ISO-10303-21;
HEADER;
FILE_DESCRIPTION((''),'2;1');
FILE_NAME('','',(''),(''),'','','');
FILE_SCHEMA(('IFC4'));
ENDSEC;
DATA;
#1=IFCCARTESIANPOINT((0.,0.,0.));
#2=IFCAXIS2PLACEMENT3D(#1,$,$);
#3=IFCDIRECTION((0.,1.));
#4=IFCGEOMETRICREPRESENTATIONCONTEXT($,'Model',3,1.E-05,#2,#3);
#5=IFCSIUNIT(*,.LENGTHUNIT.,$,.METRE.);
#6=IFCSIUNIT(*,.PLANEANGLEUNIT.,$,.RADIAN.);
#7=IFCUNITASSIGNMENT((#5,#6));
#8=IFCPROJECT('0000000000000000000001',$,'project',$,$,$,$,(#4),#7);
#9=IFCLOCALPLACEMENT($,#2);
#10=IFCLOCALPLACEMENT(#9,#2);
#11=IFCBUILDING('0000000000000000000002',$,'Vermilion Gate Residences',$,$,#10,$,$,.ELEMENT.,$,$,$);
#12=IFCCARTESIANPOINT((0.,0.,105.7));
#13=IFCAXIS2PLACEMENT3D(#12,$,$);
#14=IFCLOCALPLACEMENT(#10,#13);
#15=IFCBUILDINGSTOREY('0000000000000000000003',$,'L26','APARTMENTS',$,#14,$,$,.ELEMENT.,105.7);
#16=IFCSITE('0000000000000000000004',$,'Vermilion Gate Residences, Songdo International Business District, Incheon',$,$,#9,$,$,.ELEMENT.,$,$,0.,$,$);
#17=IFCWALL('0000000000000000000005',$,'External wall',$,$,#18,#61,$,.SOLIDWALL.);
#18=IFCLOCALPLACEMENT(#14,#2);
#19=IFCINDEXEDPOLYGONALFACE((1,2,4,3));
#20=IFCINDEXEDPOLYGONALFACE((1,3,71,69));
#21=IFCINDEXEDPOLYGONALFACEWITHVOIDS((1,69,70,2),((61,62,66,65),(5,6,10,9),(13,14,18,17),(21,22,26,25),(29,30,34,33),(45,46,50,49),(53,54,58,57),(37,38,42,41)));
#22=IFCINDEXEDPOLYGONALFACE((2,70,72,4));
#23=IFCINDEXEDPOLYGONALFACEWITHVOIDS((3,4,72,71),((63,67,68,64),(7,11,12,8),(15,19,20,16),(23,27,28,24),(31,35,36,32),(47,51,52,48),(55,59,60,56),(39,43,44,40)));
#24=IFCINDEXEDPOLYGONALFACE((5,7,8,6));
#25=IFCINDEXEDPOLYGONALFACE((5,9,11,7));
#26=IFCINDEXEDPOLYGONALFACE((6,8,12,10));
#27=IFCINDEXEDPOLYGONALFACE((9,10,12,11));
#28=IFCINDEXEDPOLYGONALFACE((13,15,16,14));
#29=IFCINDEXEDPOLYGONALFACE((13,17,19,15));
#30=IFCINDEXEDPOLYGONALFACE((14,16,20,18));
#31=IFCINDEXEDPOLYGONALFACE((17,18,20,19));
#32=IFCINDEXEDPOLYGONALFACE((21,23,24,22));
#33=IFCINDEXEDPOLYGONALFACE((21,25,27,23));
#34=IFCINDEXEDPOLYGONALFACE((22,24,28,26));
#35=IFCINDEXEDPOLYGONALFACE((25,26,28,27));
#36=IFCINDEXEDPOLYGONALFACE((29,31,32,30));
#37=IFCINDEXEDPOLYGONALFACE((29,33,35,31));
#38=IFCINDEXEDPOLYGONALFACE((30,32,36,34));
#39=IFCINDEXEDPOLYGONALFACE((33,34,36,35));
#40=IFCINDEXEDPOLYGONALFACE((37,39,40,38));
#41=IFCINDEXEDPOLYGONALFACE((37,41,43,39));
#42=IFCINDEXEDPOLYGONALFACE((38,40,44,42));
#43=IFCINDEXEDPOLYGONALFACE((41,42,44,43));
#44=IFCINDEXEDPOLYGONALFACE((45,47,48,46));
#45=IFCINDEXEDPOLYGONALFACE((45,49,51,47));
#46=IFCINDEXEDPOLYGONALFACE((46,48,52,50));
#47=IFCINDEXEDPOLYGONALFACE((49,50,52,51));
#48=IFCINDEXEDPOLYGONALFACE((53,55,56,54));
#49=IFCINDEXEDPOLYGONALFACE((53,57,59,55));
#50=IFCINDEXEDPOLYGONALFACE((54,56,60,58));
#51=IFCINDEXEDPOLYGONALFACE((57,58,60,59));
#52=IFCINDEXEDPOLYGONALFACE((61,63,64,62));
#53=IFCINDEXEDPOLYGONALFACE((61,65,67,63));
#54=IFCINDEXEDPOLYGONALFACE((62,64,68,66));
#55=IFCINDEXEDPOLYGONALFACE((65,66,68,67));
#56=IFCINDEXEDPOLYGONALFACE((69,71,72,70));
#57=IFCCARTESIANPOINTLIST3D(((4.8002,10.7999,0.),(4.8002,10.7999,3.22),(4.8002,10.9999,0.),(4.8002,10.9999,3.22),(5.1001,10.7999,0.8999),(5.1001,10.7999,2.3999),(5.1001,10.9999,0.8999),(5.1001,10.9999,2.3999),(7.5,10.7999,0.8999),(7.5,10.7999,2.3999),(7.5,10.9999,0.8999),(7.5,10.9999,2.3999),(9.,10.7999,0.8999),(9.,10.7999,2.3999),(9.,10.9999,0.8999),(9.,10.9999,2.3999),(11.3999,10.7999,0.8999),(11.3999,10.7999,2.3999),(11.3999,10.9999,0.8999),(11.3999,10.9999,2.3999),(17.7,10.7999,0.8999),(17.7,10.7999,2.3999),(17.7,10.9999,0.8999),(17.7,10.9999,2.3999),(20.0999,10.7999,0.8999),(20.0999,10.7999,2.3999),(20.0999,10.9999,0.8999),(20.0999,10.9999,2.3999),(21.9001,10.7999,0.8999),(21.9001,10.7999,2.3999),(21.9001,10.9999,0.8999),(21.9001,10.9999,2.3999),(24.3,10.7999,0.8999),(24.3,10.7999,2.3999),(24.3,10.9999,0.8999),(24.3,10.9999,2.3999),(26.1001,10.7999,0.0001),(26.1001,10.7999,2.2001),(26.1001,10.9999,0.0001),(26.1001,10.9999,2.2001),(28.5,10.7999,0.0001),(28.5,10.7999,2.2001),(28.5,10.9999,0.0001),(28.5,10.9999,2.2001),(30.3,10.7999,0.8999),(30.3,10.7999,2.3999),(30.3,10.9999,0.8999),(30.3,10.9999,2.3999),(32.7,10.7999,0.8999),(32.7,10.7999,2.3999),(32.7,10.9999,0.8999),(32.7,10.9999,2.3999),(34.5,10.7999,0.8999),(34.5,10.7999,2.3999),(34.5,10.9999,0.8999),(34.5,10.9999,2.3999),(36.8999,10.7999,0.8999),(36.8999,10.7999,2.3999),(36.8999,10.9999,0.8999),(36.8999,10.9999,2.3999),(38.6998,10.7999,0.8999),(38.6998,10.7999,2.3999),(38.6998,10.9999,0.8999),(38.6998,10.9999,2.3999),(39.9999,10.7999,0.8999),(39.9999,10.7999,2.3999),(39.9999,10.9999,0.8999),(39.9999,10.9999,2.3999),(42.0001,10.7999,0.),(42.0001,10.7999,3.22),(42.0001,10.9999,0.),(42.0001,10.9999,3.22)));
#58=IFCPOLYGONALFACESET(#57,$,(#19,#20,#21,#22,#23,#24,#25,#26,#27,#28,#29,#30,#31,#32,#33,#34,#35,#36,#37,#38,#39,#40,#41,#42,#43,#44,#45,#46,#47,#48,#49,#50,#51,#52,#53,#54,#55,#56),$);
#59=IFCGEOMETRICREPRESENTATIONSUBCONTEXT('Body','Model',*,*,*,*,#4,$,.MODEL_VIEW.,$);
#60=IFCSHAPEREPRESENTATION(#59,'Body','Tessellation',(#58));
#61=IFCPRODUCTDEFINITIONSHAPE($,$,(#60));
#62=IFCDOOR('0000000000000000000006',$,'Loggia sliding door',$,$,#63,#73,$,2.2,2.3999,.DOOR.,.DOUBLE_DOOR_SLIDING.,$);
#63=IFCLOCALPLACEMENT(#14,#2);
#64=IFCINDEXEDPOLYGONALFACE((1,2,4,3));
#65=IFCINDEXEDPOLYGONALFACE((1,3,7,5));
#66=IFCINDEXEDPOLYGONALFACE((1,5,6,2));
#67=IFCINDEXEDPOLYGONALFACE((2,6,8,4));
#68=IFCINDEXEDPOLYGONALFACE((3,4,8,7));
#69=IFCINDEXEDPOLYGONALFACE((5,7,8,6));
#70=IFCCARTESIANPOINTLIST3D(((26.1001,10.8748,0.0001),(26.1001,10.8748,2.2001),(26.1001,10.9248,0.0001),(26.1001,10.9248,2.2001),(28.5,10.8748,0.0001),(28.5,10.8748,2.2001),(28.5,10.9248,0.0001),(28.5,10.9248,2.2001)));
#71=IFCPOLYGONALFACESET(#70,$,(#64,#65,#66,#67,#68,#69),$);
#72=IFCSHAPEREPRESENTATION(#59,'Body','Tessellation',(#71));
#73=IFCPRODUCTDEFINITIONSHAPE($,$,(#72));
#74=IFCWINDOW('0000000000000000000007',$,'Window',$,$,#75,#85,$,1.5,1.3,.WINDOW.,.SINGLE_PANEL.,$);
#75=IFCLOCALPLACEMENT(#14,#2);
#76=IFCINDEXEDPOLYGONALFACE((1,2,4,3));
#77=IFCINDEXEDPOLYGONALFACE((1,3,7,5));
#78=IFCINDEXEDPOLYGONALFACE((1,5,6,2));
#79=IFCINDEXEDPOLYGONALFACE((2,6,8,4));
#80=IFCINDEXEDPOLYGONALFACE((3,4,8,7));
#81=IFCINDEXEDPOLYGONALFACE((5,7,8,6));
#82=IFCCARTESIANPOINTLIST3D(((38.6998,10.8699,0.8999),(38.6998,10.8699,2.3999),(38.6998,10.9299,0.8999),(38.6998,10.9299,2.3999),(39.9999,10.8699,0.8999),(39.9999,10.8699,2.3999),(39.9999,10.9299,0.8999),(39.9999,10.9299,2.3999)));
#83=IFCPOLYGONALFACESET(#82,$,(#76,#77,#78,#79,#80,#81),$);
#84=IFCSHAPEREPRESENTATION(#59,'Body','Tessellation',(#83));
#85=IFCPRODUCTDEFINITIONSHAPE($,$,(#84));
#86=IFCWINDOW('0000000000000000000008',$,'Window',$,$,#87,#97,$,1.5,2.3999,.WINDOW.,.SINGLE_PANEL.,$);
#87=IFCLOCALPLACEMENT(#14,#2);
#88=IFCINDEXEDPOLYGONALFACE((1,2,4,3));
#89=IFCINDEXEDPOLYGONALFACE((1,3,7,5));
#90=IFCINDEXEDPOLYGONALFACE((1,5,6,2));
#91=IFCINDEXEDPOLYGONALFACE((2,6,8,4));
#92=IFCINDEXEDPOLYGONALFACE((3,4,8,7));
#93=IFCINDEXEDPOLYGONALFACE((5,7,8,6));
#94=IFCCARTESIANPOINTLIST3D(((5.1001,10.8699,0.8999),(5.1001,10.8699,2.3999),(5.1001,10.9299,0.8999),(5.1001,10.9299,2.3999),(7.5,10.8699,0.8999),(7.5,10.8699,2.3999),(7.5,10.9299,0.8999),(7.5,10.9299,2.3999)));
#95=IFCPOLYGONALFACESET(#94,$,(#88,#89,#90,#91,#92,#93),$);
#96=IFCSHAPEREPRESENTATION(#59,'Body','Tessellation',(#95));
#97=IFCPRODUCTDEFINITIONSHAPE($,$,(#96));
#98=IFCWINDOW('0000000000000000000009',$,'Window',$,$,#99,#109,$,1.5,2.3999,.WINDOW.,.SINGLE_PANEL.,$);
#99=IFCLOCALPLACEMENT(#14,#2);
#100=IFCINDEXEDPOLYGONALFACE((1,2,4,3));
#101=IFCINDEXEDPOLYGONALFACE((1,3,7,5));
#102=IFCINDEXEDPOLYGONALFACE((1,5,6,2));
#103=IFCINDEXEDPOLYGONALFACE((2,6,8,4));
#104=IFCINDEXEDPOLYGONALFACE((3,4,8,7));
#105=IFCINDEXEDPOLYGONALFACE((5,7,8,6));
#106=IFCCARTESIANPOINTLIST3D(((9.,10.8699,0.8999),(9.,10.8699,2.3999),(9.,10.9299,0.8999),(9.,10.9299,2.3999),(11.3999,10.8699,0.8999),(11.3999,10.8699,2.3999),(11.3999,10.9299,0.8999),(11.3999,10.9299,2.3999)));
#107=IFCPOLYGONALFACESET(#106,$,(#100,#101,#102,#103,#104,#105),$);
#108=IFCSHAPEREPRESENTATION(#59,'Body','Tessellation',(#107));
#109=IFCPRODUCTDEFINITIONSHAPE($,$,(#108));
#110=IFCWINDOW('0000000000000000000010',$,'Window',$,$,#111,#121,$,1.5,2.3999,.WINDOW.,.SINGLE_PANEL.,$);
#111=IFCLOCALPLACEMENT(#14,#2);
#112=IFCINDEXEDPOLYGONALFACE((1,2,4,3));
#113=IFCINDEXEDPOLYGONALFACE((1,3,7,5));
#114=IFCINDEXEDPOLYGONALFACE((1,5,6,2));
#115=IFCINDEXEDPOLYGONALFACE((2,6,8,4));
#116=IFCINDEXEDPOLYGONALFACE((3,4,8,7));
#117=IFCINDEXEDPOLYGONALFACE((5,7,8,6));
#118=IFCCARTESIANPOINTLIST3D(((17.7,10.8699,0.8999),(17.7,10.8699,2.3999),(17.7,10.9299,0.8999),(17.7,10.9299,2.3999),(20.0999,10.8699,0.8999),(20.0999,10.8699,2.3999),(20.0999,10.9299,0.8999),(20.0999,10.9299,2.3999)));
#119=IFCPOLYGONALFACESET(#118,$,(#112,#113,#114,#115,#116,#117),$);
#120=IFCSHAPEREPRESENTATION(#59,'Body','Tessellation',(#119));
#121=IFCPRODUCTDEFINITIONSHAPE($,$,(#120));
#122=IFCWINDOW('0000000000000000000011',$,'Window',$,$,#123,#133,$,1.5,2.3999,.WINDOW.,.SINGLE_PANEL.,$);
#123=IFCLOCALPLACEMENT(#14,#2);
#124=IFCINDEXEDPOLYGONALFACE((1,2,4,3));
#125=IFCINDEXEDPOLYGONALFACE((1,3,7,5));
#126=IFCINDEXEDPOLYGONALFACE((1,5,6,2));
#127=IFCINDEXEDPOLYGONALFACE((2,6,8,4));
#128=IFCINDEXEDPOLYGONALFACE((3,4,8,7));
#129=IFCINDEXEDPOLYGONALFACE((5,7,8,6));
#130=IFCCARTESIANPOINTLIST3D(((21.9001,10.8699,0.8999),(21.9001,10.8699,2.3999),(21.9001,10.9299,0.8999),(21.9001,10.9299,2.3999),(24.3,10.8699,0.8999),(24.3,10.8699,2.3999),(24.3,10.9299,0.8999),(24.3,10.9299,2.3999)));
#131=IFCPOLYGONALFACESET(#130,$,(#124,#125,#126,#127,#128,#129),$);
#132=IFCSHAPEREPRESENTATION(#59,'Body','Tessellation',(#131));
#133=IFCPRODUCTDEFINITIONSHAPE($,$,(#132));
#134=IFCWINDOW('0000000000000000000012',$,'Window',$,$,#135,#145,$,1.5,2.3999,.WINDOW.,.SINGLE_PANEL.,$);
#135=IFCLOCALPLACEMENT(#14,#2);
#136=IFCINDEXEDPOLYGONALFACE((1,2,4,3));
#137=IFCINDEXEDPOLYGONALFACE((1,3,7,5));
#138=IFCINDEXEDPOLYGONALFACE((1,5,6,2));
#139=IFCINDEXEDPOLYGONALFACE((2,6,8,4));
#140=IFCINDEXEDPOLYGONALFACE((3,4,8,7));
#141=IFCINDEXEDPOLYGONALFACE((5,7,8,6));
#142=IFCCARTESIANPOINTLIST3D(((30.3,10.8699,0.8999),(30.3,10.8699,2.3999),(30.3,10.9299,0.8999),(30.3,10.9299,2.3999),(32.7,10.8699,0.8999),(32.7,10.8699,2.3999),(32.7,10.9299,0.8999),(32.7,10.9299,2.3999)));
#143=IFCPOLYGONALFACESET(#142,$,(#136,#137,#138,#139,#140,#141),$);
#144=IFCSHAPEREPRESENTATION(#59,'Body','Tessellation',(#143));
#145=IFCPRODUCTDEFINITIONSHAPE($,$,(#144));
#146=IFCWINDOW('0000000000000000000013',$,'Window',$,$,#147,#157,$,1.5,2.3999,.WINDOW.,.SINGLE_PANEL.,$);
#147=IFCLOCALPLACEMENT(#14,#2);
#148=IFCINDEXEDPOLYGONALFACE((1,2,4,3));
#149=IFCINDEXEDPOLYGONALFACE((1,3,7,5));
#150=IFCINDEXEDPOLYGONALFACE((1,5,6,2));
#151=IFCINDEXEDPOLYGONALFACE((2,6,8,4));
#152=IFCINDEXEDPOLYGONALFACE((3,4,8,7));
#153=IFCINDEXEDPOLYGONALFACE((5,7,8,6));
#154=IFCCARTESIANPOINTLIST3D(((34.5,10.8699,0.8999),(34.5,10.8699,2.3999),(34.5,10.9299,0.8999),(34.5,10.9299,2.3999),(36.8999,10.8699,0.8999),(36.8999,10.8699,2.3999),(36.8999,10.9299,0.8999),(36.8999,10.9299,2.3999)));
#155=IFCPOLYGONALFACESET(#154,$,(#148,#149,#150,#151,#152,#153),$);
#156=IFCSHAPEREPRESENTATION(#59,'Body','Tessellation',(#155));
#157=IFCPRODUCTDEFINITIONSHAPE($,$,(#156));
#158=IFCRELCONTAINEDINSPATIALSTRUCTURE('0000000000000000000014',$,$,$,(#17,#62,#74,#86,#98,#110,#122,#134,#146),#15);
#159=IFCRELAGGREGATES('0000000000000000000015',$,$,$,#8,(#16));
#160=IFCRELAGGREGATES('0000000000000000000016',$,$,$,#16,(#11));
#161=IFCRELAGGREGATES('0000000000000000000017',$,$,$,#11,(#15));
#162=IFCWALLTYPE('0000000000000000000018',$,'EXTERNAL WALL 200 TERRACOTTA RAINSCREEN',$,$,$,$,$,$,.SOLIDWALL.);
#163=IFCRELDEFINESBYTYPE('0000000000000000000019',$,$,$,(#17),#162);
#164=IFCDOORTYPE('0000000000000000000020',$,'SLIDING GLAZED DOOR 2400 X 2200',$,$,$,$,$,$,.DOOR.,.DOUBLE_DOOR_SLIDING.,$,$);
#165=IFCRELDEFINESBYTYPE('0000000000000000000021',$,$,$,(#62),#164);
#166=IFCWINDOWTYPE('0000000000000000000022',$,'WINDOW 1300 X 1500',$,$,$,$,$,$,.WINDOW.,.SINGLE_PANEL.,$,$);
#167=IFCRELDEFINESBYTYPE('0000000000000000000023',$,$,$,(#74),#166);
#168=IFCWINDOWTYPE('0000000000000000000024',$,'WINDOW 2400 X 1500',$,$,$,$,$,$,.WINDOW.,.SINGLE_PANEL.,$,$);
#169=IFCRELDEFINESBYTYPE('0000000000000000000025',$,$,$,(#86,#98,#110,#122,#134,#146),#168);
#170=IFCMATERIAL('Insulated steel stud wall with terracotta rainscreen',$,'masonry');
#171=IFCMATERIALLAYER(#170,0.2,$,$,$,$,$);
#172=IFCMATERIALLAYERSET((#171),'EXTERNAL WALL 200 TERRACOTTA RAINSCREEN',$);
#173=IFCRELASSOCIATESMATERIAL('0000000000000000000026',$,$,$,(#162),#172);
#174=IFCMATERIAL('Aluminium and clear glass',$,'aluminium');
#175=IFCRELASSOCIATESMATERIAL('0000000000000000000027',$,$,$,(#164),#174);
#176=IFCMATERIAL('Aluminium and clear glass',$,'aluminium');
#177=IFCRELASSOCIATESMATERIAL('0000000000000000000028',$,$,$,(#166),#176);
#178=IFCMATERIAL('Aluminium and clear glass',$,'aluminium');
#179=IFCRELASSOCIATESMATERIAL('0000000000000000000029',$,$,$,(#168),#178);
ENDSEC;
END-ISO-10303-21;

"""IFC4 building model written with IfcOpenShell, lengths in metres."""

from ifc_helpers import new_model, si_unit, direction, frame, frame_2d, origin, place, context, subcontext, project, spatial, rectangle, extrude, material, layer, layer_set, type_object, element, fill, save


model = new_model("IFC4")

# Units and contexts
model_context = context("Model", 3, precision=1e-05, world=origin(), true_north=direction((0.0, 1.0)))
body_context = subcontext(model_context, "Body", "Model", "MODEL_VIEW")
ifc_project = project(units=[si_unit("LENGTHUNIT", "METRE"), si_unit("PLANEANGLEUNIT", "RADIAN")], contexts=[model_context])

# Site, building, storey
site_placement = place(None, origin())
site = spatial("IfcSite", under=ifc_project, at=site_placement, Name="Vermilion Gate Residences, Songdo International Business District, Incheon", CompositionType="ELEMENT", RefElevation=0.0)
building_placement = place(site_placement, origin())
building = spatial("IfcBuilding", under=site, at=building_placement, Name="Vermilion Gate Residences", CompositionType="ELEMENT")
storey_placement = place(building_placement, frame((0.0, 0.0, 105.7)))
storey = spatial("IfcBuildingStorey", under=building, at=storey_placement, Name="L26", Description="APARTMENTS", CompositionType="ELEMENT", Elevation=105.7)

# Shared definitions
ifc_material_1 = material(Name="Insulated steel stud wall with terracotta rainscreen", Category="masonry")
ifc_layer = layer(ifc_material_1, 0.2)
ifc_layer_set = layer_set([ifc_layer], Name="EXTERNAL WALL 200 TERRACOTTA RAINSCREEN")
wall_type = type_object("IfcWallType", Name="EXTERNAL WALL 200 TERRACOTTA RAINSCREEN", PredefinedType="SOLIDWALL", material=ifc_layer_set)

# Wall, openings, door, windows
wall_1_placement = place(storey_placement, frame((4.8, 10.8999, 0.0), z_axis=(0.0, 0.0, 1.0), x_axis=(1.0, 0.0, 0.0)))
wall_1 = element("IfcWall", 1, at=wall_1_placement, inside=storey, type_object=wall_type, Name="External wall", PredefinedType="SOLIDWALL", context=body_context, shape_type="SweptSolid", body=[
    extrude(rectangle(XDim=37.2, YDim=0.2, at=frame_2d((18.6001, 0.0))), origin(), (0.0, 0.0, 1.0), 3.22),
])
opening_1_placement = place(wall_1_placement, frame((0.3, 0.0, 0.8999)))
opening_1 = element("IfcOpeningElement", 2, at=opening_1_placement, cuts=wall_1, PredefinedType="OPENING", context=body_context, shape_type="SweptSolid", body=[
    extrude(rectangle(XDim=2.3999, YDim=1.5, at=frame_2d((1.2, 0.75))), frame((0.0, 0.1099, 0.0), z_axis=(0.0, -1.0, 0.0), x_axis=(1.0, 0.0, 0.0)), (0.0, 0.0, 1.0), 0.22),
])
opening_2_placement = place(wall_1_placement, frame((4.2, 0.0, 0.8999)))
opening_2 = element("IfcOpeningElement", 3, at=opening_2_placement, cuts=wall_1, PredefinedType="OPENING", context=body_context, shape_type="SweptSolid", body=[
    extrude(rectangle(XDim=2.3999, YDim=1.5, at=frame_2d((1.2, 0.75))), frame((0.0, 0.1099, 0.0), z_axis=(0.0, -1.0, 0.0), x_axis=(1.0, 0.0, 0.0)), (0.0, 0.0, 1.0), 0.22),
])
opening_3_placement = place(wall_1_placement, frame((12.8999, 0.0, 0.8999)))
opening_3 = element("IfcOpeningElement", 4, at=opening_3_placement, cuts=wall_1, PredefinedType="OPENING", context=body_context, shape_type="SweptSolid", body=[
    extrude(rectangle(XDim=2.3999, YDim=1.5, at=frame_2d((1.2, 0.75))), frame((0.0, 0.1099, 0.0), z_axis=(0.0, -1.0, 0.0), x_axis=(1.0, 0.0, 0.0)), (0.0, 0.0, 1.0), 0.22),
])
opening_4_placement = place(wall_1_placement, frame((17.1001, 0.0, 0.8999)))
opening_4 = element("IfcOpeningElement", 5, at=opening_4_placement, cuts=wall_1, PredefinedType="OPENING", context=body_context, shape_type="SweptSolid", body=[
    extrude(rectangle(XDim=2.3999, YDim=1.5, at=frame_2d((1.2, 0.75))), frame((0.0, 0.1099, 0.0), z_axis=(0.0, -1.0, 0.0), x_axis=(1.0, 0.0, 0.0)), (0.0, 0.0, 1.0), 0.22),
])
opening_5_placement = place(wall_1_placement, frame((21.3, 0.0, 0.0)))
opening_5 = element("IfcOpeningElement", 6, at=opening_5_placement, cuts=wall_1, PredefinedType="OPENING", context=body_context, shape_type="SweptSolid", body=[
    extrude(rectangle(XDim=2.3999, YDim=2.2, at=frame_2d((1.2, 1.1001))), frame((0.0, 0.1099, 0.0), z_axis=(0.0, -1.0, 0.0), x_axis=(1.0, 0.0, 0.0)), (0.0, 0.0, 1.0), 0.22),
])
opening_6_placement = place(wall_1_placement, frame((25.5, 0.0, 0.8999)))
opening_6 = element("IfcOpeningElement", 7, at=opening_6_placement, cuts=wall_1, PredefinedType="OPENING", context=body_context, shape_type="SweptSolid", body=[
    extrude(rectangle(XDim=2.3999, YDim=1.5, at=frame_2d((1.2, 0.75))), frame((0.0, 0.1099, 0.0), z_axis=(0.0, -1.0, 0.0), x_axis=(1.0, 0.0, 0.0)), (0.0, 0.0, 1.0), 0.22),
])
opening_7_placement = place(wall_1_placement, frame((29.7, 0.0, 0.8999)))
opening_7 = element("IfcOpeningElement", 8, at=opening_7_placement, cuts=wall_1, PredefinedType="OPENING", context=body_context, shape_type="SweptSolid", body=[
    extrude(rectangle(XDim=2.3999, YDim=1.5, at=frame_2d((1.2, 0.75))), frame((0.0, 0.1099, 0.0), z_axis=(0.0, -1.0, 0.0), x_axis=(1.0, 0.0, 0.0)), (0.0, 0.0, 1.0), 0.22),
])
opening_8_placement = place(wall_1_placement, frame((33.8999, 0.0, 0.8999)))
opening_8 = element("IfcOpeningElement", 9, at=opening_8_placement, cuts=wall_1, PredefinedType="OPENING", context=body_context, shape_type="SweptSolid", body=[
    extrude(rectangle(XDim=1.3, YDim=1.5, at=frame_2d((0.6499, 0.75))), frame((0.0, 0.1099, 0.0), z_axis=(0.0, -1.0, 0.0), x_axis=(1.0, 0.0, 0.0)), (0.0, 0.0, 1.0), 0.22),
])
ifc_material_2 = material(Name="Aluminium and clear glass", Category="aluminium")
door_type = type_object("IfcDoorType", Name="SLIDING GLAZED DOOR 2400 X 2200", OperationType="DOUBLE_DOOR_SLIDING", PredefinedType="DOOR", material=ifc_material_2)
door_placement = place(opening_5_placement, origin())
door = element("IfcDoor", 10, at=door_placement, inside=storey, type_object=door_type, Name="Loggia sliding door", OperationType="DOUBLE_DOOR_SLIDING", OverallHeight=2.2, OverallWidth=2.3999, PredefinedType="DOOR", context=body_context, shape_type="SweptSolid", body=[
    extrude(rectangle(XDim=2.3999, YDim=2.2, at=frame_2d((1.2, 1.1001))), frame((0.0, 0.0249, 0.0), z_axis=(0.0, -1.0, 0.0), x_axis=(1.0, 0.0, 0.0)), (0.0, 0.0, 1.0), 0.05),
])
fill(opening_5, door)
ifc_material_3 = material(Name="Aluminium and clear glass", Category="aluminium")
window_type_1 = type_object("IfcWindowType", Name="WINDOW 1300 X 1500", PartitioningType="SINGLE_PANEL", PredefinedType="WINDOW", material=ifc_material_3)
window_1_placement = place(opening_8_placement, origin())
window_1 = element("IfcWindow", 11, at=window_1_placement, inside=storey, type_object=window_type_1, Name="Window", OverallHeight=1.5, OverallWidth=1.3, PartitioningType="SINGLE_PANEL", PredefinedType="WINDOW", context=body_context, shape_type="SweptSolid", body=[
    extrude(rectangle(XDim=1.3, YDim=1.5, at=frame_2d((0.6499, 0.75))), frame((0.0, 0.03, 0.0), z_axis=(0.0, -1.0, 0.0), x_axis=(1.0, 0.0, 0.0)), (0.0, 0.0, 1.0), 0.0601),
])
fill(opening_8, window_1)
ifc_material_4 = material(Name="Aluminium and clear glass", Category="aluminium")
window_type_2 = type_object("IfcWindowType", Name="WINDOW 2400 X 1500", PartitioningType="SINGLE_PANEL", PredefinedType="WINDOW", material=ifc_material_4)
window_2_placement = place(opening_1_placement, origin())
window_2 = element("IfcWindow", 12, at=window_2_placement, inside=storey, type_object=window_type_2, Name="Window", OverallHeight=1.5, OverallWidth=2.3999, PartitioningType="SINGLE_PANEL", PredefinedType="WINDOW", context=body_context, shape_type="SweptSolid", body=[
    extrude(rectangle(XDim=2.3999, YDim=1.5, at=frame_2d((1.2, 0.75))), frame((0.0, 0.03, 0.0), z_axis=(0.0, -1.0, 0.0), x_axis=(1.0, 0.0, 0.0)), (0.0, 0.0, 1.0), 0.0601),
])
fill(opening_1, window_2)
window_3_placement = place(opening_2_placement, origin())
window_3 = element("IfcWindow", 13, at=window_3_placement, inside=storey, type_object=window_type_2, Name="Window", OverallHeight=1.5, OverallWidth=2.3999, PartitioningType="SINGLE_PANEL", PredefinedType="WINDOW", context=body_context, shape_type="SweptSolid", body=[
    extrude(rectangle(XDim=2.3999, YDim=1.5, at=frame_2d((1.2, 0.75))), frame((0.0, 0.03, 0.0), z_axis=(0.0, -1.0, 0.0), x_axis=(1.0, 0.0, 0.0)), (0.0, 0.0, 1.0), 0.0601),
])
fill(opening_2, window_3)
window_4_placement = place(opening_3_placement, origin())
window_4 = element("IfcWindow", 14, at=window_4_placement, inside=storey, type_object=window_type_2, Name="Window", OverallHeight=1.5, OverallWidth=2.3999, PartitioningType="SINGLE_PANEL", PredefinedType="WINDOW", context=body_context, shape_type="SweptSolid", body=[
    extrude(rectangle(XDim=2.3999, YDim=1.5, at=frame_2d((1.2, 0.75))), frame((0.0, 0.03, 0.0), z_axis=(0.0, -1.0, 0.0), x_axis=(1.0, 0.0, 0.0)), (0.0, 0.0, 1.0), 0.0601),
])
fill(opening_3, window_4)
window_5_placement = place(opening_4_placement, origin())
window_5 = element("IfcWindow", 15, at=window_5_placement, inside=storey, type_object=window_type_2, Name="Window", OverallHeight=1.5, OverallWidth=2.3999, PartitioningType="SINGLE_PANEL", PredefinedType="WINDOW", context=body_context, shape_type="SweptSolid", body=[
    extrude(rectangle(XDim=2.3999, YDim=1.5, at=frame_2d((1.2, 0.75))), frame((0.0, 0.03, 0.0), z_axis=(0.0, -1.0, 0.0), x_axis=(1.0, 0.0, 0.0)), (0.0, 0.0, 1.0), 0.0601),
])
fill(opening_4, window_5)
window_6_placement = place(opening_6_placement, origin())
window_6 = element("IfcWindow", 16, at=window_6_placement, inside=storey, type_object=window_type_2, Name="Window", OverallHeight=1.5, OverallWidth=2.3999, PartitioningType="SINGLE_PANEL", PredefinedType="WINDOW", context=body_context, shape_type="SweptSolid", body=[
    extrude(rectangle(XDim=2.3999, YDim=1.5, at=frame_2d((1.2, 0.75))), frame((0.0, 0.03, 0.0), z_axis=(0.0, -1.0, 0.0), x_axis=(1.0, 0.0, 0.0)), (0.0, 0.0, 1.0), 0.0601),
])
fill(opening_6, window_6)
window_7_placement = place(opening_7_placement, origin())
window_7 = element("IfcWindow", 17, at=window_7_placement, inside=storey, type_object=window_type_2, Name="Window", OverallHeight=1.5, OverallWidth=2.3999, PartitioningType="SINGLE_PANEL", PredefinedType="WINDOW", context=body_context, shape_type="SweptSolid", body=[
    extrude(rectangle(XDim=2.3999, YDim=1.5, at=frame_2d((1.2, 0.75))), frame((0.0, 0.03, 0.0), z_axis=(0.0, -1.0, 0.0), x_axis=(1.0, 0.0, 0.0)), (0.0, 0.0, 1.0), 0.0601),
])
fill(opening_7, window_7)

save(model, "model.ifc")
